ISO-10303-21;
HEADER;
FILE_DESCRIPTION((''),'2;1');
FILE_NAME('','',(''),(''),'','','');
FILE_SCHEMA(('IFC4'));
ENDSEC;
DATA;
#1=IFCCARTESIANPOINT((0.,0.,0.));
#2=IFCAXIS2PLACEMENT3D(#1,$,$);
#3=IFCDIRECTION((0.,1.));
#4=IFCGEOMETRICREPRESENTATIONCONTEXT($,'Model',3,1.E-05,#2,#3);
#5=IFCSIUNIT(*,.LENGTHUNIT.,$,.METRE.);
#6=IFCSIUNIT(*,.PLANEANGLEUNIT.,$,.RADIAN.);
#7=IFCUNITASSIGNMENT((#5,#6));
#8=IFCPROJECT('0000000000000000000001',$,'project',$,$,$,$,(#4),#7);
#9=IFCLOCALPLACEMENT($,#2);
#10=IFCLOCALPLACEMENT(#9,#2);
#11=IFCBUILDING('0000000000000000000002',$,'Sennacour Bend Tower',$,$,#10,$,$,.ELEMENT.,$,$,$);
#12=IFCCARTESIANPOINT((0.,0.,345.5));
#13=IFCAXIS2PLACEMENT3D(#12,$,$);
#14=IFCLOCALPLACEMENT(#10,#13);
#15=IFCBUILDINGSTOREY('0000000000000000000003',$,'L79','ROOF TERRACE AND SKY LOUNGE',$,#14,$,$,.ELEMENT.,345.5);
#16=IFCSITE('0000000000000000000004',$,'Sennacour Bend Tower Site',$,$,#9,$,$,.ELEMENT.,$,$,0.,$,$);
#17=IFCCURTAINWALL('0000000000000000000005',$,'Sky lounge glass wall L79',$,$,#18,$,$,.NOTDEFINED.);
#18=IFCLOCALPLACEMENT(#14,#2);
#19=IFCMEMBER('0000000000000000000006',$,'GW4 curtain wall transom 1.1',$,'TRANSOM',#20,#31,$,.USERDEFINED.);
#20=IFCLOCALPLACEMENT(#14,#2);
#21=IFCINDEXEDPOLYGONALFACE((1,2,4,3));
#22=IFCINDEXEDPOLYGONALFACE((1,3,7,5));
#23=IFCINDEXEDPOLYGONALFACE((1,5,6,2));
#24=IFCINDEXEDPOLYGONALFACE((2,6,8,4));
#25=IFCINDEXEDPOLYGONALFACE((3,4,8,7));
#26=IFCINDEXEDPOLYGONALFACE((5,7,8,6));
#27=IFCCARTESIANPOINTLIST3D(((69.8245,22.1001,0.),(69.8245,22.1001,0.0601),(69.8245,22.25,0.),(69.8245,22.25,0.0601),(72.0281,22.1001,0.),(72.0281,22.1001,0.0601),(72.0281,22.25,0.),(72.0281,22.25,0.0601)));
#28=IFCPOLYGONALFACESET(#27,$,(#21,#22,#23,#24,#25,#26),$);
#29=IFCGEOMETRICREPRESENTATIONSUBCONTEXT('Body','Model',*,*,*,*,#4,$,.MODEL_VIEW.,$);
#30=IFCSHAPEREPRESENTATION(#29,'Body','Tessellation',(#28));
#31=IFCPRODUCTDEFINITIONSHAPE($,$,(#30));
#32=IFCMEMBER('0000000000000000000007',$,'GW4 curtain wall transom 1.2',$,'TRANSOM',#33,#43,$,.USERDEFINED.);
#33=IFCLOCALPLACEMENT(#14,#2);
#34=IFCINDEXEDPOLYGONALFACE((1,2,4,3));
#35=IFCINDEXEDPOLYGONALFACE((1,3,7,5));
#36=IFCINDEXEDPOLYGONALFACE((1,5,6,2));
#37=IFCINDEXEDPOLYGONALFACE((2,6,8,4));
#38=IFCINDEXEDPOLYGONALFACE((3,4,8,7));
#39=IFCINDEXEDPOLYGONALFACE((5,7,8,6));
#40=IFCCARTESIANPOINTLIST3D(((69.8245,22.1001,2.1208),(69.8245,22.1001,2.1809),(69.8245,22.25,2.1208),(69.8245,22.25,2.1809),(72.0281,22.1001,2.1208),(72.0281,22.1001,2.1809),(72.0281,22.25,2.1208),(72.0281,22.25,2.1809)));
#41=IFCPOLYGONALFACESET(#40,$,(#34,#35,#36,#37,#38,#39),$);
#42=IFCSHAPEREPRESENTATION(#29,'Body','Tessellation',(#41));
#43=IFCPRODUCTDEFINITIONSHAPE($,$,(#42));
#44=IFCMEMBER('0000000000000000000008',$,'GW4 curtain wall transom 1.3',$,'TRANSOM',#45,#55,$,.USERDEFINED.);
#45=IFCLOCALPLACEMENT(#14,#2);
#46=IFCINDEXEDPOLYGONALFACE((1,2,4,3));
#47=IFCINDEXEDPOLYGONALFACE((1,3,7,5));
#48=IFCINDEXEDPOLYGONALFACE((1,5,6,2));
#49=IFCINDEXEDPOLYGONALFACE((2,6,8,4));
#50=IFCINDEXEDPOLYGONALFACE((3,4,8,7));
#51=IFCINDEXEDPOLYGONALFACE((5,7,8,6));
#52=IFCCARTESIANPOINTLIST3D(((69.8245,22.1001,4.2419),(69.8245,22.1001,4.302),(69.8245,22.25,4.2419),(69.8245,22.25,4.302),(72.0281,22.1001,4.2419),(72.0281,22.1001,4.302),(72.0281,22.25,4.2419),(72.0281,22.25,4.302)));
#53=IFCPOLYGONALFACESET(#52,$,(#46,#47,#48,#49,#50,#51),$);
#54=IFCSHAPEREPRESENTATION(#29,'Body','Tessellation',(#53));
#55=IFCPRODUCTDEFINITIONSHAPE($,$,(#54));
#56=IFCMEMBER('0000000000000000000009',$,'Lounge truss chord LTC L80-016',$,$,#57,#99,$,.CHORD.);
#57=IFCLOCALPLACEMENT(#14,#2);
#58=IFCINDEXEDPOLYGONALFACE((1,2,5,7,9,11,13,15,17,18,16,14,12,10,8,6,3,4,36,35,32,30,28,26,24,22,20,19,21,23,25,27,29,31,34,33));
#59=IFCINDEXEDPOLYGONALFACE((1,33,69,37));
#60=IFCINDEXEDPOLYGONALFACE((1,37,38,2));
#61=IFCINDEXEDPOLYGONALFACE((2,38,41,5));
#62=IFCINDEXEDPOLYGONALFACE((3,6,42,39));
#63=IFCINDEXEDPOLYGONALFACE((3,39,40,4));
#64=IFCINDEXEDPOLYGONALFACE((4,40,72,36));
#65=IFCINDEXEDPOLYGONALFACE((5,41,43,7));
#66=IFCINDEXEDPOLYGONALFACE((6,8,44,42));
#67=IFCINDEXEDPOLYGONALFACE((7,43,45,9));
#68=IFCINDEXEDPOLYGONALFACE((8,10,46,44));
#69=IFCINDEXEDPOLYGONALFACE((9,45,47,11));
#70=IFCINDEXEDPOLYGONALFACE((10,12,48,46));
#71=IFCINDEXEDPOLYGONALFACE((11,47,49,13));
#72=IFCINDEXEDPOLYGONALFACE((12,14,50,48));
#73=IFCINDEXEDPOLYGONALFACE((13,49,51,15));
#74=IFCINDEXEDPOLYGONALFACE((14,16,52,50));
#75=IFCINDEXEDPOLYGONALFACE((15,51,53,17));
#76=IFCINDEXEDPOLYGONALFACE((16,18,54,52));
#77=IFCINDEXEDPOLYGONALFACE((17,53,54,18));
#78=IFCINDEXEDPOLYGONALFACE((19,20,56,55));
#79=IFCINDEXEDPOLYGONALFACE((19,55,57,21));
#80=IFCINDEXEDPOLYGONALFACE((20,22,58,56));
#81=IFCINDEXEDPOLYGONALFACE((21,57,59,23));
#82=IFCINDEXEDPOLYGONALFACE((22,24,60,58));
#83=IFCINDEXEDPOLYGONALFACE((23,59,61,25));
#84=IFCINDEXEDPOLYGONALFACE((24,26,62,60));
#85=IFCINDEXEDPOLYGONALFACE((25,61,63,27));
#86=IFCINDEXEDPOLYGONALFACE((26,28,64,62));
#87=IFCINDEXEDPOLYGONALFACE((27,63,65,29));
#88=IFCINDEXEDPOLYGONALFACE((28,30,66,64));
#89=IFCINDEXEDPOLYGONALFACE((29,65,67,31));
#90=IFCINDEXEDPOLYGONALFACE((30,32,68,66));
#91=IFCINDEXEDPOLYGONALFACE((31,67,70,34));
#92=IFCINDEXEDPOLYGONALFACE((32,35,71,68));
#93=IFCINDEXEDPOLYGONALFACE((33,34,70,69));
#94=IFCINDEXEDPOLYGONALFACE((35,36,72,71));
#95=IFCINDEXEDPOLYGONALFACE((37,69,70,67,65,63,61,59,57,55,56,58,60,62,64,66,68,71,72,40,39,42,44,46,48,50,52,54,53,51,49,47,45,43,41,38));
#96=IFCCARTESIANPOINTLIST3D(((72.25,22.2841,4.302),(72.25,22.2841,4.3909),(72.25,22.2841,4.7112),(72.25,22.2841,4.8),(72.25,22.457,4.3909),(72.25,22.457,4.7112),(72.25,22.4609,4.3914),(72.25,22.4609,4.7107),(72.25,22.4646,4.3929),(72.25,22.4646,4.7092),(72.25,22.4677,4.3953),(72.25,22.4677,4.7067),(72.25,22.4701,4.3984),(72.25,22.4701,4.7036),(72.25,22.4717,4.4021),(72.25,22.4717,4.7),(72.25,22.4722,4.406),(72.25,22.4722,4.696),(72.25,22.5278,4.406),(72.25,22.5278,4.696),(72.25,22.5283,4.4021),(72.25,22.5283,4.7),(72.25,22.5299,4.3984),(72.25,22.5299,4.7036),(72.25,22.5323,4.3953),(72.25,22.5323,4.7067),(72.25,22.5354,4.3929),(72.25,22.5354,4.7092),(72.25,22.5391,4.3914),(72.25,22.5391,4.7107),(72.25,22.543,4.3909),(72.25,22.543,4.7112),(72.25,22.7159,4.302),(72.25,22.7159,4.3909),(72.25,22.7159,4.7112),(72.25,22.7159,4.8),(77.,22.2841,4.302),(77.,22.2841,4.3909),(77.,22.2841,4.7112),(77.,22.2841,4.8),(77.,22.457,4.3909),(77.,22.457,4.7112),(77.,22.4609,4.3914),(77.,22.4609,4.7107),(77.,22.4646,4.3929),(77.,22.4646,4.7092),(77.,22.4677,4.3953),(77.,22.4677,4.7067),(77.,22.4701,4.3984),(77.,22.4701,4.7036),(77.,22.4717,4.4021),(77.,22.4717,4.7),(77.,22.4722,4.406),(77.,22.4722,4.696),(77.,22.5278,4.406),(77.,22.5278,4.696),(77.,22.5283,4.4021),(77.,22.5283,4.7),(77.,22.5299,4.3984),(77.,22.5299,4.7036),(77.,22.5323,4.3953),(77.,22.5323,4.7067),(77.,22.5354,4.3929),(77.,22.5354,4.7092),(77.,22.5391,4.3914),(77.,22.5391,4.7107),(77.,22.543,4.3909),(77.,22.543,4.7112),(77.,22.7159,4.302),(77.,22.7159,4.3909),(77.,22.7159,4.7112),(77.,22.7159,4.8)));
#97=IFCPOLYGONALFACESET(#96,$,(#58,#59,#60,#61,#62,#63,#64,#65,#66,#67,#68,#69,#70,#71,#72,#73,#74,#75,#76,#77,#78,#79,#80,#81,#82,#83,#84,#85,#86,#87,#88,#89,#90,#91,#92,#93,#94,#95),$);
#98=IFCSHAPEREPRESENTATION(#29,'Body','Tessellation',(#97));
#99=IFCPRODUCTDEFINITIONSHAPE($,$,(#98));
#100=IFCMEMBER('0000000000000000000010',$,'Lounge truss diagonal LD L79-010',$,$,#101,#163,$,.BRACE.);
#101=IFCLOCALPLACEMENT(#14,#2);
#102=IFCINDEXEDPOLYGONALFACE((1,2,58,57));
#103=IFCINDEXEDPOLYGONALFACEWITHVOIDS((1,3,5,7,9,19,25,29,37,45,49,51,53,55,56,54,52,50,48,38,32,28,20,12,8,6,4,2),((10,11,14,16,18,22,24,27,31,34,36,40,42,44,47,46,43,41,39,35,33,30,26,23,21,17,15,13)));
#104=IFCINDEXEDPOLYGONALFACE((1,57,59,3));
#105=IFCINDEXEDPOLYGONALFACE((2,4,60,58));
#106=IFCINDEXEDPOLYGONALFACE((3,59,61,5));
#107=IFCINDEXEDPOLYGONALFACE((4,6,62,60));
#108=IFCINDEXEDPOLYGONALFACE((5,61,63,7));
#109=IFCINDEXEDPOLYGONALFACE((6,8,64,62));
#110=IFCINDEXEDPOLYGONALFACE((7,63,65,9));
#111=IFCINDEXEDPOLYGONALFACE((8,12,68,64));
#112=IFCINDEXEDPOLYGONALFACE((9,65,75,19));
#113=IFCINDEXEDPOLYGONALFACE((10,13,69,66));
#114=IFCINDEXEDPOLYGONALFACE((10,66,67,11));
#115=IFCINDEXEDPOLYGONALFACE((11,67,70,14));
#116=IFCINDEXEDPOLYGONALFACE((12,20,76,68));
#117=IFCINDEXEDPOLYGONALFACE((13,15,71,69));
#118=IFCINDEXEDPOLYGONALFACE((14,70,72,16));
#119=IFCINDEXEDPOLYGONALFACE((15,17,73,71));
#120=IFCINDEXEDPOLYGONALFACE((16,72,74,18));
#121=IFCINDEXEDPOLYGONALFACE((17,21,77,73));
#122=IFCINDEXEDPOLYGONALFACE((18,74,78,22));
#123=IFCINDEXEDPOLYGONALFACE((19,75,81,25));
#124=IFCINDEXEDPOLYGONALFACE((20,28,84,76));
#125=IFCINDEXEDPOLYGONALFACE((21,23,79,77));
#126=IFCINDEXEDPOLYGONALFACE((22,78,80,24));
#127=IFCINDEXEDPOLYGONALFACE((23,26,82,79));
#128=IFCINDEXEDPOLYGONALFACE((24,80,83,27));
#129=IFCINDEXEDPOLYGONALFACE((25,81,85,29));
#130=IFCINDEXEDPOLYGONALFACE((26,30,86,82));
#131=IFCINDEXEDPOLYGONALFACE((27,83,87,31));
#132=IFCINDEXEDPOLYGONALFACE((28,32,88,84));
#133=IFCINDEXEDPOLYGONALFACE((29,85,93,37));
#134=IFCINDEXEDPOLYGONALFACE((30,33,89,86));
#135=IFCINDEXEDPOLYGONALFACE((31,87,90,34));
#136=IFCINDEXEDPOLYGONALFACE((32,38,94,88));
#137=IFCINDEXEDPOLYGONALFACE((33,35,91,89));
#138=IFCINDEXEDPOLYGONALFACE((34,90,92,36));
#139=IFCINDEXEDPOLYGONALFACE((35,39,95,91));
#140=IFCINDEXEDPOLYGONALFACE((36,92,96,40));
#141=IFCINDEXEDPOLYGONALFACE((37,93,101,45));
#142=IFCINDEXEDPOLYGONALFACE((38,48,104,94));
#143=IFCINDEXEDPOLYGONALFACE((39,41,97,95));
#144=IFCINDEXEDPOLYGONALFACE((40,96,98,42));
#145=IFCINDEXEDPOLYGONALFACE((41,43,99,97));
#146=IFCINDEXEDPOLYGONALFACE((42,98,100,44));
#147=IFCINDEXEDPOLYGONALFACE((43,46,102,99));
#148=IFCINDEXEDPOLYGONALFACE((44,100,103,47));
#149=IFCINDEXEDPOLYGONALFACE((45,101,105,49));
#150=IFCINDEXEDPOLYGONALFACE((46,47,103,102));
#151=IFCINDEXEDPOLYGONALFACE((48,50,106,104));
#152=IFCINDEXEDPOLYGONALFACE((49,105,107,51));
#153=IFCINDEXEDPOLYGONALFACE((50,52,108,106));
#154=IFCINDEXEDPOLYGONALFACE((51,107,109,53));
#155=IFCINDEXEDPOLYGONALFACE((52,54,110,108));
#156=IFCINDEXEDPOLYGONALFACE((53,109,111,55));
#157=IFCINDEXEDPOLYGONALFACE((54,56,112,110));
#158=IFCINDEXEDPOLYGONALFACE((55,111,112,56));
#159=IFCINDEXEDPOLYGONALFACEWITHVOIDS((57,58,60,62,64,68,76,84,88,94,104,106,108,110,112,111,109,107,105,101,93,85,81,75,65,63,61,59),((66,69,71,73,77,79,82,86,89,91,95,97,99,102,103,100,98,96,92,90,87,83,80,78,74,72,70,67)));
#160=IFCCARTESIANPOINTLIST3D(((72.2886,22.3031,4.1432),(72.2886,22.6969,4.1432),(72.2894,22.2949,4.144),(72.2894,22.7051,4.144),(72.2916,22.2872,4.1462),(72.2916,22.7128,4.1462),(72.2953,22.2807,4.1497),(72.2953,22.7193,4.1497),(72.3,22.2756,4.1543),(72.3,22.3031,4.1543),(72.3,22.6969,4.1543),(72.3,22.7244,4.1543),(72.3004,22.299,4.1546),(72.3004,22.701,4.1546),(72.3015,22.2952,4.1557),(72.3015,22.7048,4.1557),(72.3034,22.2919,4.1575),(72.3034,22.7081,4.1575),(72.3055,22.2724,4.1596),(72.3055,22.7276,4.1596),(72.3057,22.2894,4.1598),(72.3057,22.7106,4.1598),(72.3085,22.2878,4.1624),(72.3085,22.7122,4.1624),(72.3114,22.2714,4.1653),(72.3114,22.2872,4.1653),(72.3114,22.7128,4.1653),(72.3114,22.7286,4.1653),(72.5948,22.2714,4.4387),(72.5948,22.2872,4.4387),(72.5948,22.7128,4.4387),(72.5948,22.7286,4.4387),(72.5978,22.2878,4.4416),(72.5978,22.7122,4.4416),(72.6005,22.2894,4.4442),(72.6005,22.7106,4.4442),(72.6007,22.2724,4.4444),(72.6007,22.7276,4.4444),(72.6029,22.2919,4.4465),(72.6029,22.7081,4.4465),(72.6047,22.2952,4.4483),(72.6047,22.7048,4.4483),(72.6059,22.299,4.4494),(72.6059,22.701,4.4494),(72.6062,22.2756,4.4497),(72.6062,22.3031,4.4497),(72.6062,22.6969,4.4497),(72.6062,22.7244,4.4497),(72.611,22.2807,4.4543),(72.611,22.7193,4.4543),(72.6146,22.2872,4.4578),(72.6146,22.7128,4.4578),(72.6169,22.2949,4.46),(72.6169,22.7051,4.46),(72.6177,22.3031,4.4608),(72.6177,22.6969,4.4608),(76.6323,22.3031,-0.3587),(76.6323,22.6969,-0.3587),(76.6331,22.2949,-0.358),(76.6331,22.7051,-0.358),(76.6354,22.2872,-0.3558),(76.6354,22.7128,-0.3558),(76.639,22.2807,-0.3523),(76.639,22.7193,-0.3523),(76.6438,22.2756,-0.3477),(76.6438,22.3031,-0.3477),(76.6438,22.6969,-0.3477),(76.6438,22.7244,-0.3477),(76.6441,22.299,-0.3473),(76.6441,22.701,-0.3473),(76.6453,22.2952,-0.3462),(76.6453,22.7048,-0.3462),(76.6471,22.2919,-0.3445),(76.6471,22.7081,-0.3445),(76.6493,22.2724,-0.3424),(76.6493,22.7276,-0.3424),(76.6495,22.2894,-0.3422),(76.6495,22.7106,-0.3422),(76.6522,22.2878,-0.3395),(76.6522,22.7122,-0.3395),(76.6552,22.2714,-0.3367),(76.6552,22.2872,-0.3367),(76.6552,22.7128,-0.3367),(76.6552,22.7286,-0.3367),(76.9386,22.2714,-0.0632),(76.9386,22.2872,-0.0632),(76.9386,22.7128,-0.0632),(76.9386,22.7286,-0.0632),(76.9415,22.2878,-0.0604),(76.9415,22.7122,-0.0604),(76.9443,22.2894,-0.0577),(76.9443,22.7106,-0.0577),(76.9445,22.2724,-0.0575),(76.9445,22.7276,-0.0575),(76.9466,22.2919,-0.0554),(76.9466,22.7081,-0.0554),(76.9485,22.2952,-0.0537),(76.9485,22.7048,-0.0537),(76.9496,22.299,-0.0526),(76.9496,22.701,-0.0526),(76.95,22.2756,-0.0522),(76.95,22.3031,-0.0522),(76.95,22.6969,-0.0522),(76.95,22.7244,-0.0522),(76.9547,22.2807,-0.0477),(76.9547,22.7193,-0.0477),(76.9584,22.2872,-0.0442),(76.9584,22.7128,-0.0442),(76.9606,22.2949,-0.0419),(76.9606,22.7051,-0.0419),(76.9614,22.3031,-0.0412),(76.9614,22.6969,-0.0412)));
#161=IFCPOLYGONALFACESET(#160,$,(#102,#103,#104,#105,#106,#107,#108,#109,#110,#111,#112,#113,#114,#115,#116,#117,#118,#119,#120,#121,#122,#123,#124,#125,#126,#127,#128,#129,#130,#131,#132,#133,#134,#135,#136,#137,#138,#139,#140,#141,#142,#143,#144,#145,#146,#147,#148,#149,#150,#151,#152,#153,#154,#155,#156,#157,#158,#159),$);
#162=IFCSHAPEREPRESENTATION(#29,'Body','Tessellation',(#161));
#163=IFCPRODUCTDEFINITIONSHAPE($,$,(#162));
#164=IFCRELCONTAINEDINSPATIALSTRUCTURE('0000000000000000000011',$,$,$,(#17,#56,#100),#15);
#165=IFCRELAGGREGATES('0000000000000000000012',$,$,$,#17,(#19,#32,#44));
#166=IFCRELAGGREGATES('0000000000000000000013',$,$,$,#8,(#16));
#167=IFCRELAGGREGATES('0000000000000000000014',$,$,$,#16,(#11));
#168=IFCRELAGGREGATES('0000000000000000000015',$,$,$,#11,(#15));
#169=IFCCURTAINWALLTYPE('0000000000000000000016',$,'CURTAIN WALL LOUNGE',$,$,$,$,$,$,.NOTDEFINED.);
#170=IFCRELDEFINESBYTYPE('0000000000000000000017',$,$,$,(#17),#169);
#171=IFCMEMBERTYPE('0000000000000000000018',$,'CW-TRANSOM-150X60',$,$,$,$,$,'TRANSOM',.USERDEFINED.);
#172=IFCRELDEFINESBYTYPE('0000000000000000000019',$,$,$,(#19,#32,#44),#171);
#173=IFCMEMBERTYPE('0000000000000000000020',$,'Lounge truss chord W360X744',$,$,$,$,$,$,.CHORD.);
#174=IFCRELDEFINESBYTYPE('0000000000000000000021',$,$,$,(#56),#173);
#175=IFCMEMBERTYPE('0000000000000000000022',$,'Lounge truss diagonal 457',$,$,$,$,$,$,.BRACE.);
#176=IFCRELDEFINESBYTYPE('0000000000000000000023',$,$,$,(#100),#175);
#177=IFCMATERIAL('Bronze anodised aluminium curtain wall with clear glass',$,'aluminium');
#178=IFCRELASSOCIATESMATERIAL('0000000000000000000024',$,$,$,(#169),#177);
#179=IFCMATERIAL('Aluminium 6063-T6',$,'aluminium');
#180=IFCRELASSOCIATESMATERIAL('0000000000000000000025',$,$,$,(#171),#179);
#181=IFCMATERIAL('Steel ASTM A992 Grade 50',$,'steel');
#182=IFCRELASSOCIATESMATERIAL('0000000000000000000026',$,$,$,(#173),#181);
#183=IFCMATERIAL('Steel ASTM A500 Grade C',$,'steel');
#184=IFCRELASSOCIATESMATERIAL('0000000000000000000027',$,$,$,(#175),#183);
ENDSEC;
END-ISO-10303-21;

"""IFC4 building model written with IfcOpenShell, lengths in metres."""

from ifc_helpers import new_model, si_unit, direction, frame, origin, origin_2d, place, context, subcontext, project, spatial, rectangle, hollow_rectangle, i_section, extrude, material, material_profile, profile_set, type_object, element, aggregate, save


model = new_model("IFC4")

# Units and contexts
model_context = context("Model", 3, precision=1e-05, world=origin(), true_north=direction((0.0, 1.0)))
body_context = subcontext(model_context, "Body", "Model", "MODEL_VIEW")
ifc_project = project(units=[si_unit("LENGTHUNIT", "METRE"), si_unit("PLANEANGLEUNIT", "RADIAN")], contexts=[model_context])

# Site, building, storey
site_placement = place(None, origin())
site = spatial("IfcSite", under=ifc_project, at=site_placement, Name="Sennacour Bend Tower Site", CompositionType="ELEMENT", RefElevation=0.0)
building_placement = place(site_placement, origin())
building = spatial("IfcBuilding", under=site, at=building_placement, Name="Sennacour Bend Tower", CompositionType="ELEMENT")
storey_placement = place(building_placement, frame((0.0, 0.0, 345.5)))
storey = spatial("IfcBuildingStorey", under=building, at=storey_placement, Name="L79", Description="ROOF TERRACE AND SKY LOUNGE", CompositionType="ELEMENT", Elevation=345.5)

# Shared definitions
ifc_material_1 = material(Name="Bronze anodised aluminium curtain wall with clear glass", Category="aluminium")
curtain_wall_type = type_object("IfcCurtainWallType", Name="CURTAIN WALL LOUNGE", PredefinedType="NOTDEFINED", material=ifc_material_1)
ifc_material_2 = material(Name="Aluminium 6063-T6", Category="aluminium")

# Curtain wall
curtain_wall_1_placement = place(storey_placement, origin())
curtain_wall_1 = element("IfcCurtainWall", 1, at=curtain_wall_1_placement, inside=storey, type_object=curtain_wall_type, Name="Sky lounge glass wall L79", PredefinedType="NOTDEFINED")

# Members
ifc_material_profile_1 = material_profile(ifc_material_2, rectangle(XDim=0.1499, YDim=0.0601, at=origin_2d()), Name="Aluminium 6063-T6", Category="aluminium")
ifc_profile_set_1 = profile_set([ifc_material_profile_1], Name="Aluminium 6063-T6")
member_type_1 = type_object("IfcMemberType", Name="CW-TRANSOM-150X60", ElementType="TRANSOM", PredefinedType="USERDEFINED", material=ifc_profile_set_1)
member_1_placement = place(storey_placement, frame((72.0281, 22.175, 0.03), z_axis=(-1.0, 0.0, 0.0), x_axis=(0.0, -1.0, 0.0)))
member_1 = element("IfcMember", 2, at=member_1_placement, type_object=member_type_1, Name="GW4 curtain wall transom 1.1", ObjectType="TRANSOM", PredefinedType="USERDEFINED", context=body_context, shape_type="SweptSolid", body=[
    extrude(rectangle(XDim=0.1499, YDim=0.0601, at=origin_2d()), origin(), (0.0, 0.0, 1.0), 2.2036),
])
member_2_placement = place(storey_placement, frame((72.0281, 22.175, 2.1509), z_axis=(-1.0, 0.0, 0.0), x_axis=(0.0, -1.0, 0.0)))
member_2 = element("IfcMember", 3, at=member_2_placement, type_object=member_type_1, Name="GW4 curtain wall transom 1.2", ObjectType="TRANSOM", PredefinedType="USERDEFINED", context=body_context, shape_type="SweptSolid", body=[
    extrude(rectangle(XDim=0.1499, YDim=0.0601, at=origin_2d()), origin(), (0.0, 0.0, 1.0), 2.2036),
])
member_3_placement = place(storey_placement, frame((72.0281, 22.175, 4.272), z_axis=(-1.0, 0.0, 0.0), x_axis=(0.0, -1.0, 0.0)))
member_3 = element("IfcMember", 4, at=member_3_placement, type_object=member_type_1, Name="GW4 curtain wall transom 1.3", ObjectType="TRANSOM", PredefinedType="USERDEFINED", context=body_context, shape_type="SweptSolid", body=[
    extrude(rectangle(XDim=0.1499, YDim=0.0601, at=origin_2d()), origin(), (0.0, 0.0, 1.0), 2.2036),
])
aggregate(curtain_wall_1, [member_1, member_2, member_3])

# Members
ifc_material_3 = material(Name="Steel ASTM A992 Grade 50", Category="steel")
ifc_material_profile_2 = material_profile(ifc_material_3, i_section(OverallWidth=0.4319, OverallDepth=0.498, WebThickness=0.0557, FlangeThickness=0.0889, FilletRadius=0.0151, at=origin_2d()), Name="Steel ASTM A992 Grade 50", Category="steel")
ifc_profile_set_2 = profile_set([ifc_material_profile_2], Name="Steel ASTM A992 Grade 50")
member_type_2 = type_object("IfcMemberType", Name="Lounge truss chord W360X744", PredefinedType="CHORD", material=ifc_profile_set_2)
member_4_placement = place(storey_placement, frame((72.25, 22.5, 4.551), z_axis=(1.0, 0.0, 0.0), x_axis=(0.0, 1.0, 0.0)))
element("IfcMember", 5, at=member_4_placement, inside=storey, type_object=member_type_2, Name="Lounge truss chord LTC L80-016", PredefinedType="CHORD", context=body_context, shape_type="SweptSolid", body=[
    extrude(i_section(OverallWidth=0.4319, OverallDepth=0.498, WebThickness=0.0557, FlangeThickness=0.0889, FilletRadius=0.0151, at=origin_2d()), origin(), (0.0, 0.0, 1.0), 4.75),
])
ifc_material_4 = material(Name="Steel ASTM A500 Grade C", Category="steel")
ifc_material_profile_3 = material_profile(ifc_material_4, hollow_rectangle(XDim=0.4573, YDim=0.4573, WallThickness=0.0159, InnerFilletRadius=0.0159, OuterFilletRadius=0.0317, at=origin_2d()), Name="Steel ASTM A500 Grade C", Category="steel")
ifc_profile_set_3 = profile_set([ifc_material_profile_3], Name="Steel ASTM A500 Grade C")
member_type_3 = type_object("IfcMemberType", Name="Lounge truss diagonal 457", PredefinedType="BRACE", material=ifc_profile_set_3)
member_5_placement = place(storey_placement, frame((72.4531, 22.5, 4.302), z_axis=(0.694349, 0.0, -0.719638), x_axis=(0.0, 1.0, 0.0)))
element("IfcMember", 6, at=member_5_placement, inside=storey, type_object=member_type_3, Name="Lounge truss diagonal LD L79-010", PredefinedType="BRACE", context=body_context, shape_type="SweptSolid", body=[
    extrude(hollow_rectangle(XDim=0.4573, YDim=0.4573, WallThickness=0.0159, InnerFilletRadius=0.0159, OuterFilletRadius=0.0317, at=origin_2d()), origin(), (0.0, 0.0, 1.0), 6.2559),
])

save(model, "model.ifc")
